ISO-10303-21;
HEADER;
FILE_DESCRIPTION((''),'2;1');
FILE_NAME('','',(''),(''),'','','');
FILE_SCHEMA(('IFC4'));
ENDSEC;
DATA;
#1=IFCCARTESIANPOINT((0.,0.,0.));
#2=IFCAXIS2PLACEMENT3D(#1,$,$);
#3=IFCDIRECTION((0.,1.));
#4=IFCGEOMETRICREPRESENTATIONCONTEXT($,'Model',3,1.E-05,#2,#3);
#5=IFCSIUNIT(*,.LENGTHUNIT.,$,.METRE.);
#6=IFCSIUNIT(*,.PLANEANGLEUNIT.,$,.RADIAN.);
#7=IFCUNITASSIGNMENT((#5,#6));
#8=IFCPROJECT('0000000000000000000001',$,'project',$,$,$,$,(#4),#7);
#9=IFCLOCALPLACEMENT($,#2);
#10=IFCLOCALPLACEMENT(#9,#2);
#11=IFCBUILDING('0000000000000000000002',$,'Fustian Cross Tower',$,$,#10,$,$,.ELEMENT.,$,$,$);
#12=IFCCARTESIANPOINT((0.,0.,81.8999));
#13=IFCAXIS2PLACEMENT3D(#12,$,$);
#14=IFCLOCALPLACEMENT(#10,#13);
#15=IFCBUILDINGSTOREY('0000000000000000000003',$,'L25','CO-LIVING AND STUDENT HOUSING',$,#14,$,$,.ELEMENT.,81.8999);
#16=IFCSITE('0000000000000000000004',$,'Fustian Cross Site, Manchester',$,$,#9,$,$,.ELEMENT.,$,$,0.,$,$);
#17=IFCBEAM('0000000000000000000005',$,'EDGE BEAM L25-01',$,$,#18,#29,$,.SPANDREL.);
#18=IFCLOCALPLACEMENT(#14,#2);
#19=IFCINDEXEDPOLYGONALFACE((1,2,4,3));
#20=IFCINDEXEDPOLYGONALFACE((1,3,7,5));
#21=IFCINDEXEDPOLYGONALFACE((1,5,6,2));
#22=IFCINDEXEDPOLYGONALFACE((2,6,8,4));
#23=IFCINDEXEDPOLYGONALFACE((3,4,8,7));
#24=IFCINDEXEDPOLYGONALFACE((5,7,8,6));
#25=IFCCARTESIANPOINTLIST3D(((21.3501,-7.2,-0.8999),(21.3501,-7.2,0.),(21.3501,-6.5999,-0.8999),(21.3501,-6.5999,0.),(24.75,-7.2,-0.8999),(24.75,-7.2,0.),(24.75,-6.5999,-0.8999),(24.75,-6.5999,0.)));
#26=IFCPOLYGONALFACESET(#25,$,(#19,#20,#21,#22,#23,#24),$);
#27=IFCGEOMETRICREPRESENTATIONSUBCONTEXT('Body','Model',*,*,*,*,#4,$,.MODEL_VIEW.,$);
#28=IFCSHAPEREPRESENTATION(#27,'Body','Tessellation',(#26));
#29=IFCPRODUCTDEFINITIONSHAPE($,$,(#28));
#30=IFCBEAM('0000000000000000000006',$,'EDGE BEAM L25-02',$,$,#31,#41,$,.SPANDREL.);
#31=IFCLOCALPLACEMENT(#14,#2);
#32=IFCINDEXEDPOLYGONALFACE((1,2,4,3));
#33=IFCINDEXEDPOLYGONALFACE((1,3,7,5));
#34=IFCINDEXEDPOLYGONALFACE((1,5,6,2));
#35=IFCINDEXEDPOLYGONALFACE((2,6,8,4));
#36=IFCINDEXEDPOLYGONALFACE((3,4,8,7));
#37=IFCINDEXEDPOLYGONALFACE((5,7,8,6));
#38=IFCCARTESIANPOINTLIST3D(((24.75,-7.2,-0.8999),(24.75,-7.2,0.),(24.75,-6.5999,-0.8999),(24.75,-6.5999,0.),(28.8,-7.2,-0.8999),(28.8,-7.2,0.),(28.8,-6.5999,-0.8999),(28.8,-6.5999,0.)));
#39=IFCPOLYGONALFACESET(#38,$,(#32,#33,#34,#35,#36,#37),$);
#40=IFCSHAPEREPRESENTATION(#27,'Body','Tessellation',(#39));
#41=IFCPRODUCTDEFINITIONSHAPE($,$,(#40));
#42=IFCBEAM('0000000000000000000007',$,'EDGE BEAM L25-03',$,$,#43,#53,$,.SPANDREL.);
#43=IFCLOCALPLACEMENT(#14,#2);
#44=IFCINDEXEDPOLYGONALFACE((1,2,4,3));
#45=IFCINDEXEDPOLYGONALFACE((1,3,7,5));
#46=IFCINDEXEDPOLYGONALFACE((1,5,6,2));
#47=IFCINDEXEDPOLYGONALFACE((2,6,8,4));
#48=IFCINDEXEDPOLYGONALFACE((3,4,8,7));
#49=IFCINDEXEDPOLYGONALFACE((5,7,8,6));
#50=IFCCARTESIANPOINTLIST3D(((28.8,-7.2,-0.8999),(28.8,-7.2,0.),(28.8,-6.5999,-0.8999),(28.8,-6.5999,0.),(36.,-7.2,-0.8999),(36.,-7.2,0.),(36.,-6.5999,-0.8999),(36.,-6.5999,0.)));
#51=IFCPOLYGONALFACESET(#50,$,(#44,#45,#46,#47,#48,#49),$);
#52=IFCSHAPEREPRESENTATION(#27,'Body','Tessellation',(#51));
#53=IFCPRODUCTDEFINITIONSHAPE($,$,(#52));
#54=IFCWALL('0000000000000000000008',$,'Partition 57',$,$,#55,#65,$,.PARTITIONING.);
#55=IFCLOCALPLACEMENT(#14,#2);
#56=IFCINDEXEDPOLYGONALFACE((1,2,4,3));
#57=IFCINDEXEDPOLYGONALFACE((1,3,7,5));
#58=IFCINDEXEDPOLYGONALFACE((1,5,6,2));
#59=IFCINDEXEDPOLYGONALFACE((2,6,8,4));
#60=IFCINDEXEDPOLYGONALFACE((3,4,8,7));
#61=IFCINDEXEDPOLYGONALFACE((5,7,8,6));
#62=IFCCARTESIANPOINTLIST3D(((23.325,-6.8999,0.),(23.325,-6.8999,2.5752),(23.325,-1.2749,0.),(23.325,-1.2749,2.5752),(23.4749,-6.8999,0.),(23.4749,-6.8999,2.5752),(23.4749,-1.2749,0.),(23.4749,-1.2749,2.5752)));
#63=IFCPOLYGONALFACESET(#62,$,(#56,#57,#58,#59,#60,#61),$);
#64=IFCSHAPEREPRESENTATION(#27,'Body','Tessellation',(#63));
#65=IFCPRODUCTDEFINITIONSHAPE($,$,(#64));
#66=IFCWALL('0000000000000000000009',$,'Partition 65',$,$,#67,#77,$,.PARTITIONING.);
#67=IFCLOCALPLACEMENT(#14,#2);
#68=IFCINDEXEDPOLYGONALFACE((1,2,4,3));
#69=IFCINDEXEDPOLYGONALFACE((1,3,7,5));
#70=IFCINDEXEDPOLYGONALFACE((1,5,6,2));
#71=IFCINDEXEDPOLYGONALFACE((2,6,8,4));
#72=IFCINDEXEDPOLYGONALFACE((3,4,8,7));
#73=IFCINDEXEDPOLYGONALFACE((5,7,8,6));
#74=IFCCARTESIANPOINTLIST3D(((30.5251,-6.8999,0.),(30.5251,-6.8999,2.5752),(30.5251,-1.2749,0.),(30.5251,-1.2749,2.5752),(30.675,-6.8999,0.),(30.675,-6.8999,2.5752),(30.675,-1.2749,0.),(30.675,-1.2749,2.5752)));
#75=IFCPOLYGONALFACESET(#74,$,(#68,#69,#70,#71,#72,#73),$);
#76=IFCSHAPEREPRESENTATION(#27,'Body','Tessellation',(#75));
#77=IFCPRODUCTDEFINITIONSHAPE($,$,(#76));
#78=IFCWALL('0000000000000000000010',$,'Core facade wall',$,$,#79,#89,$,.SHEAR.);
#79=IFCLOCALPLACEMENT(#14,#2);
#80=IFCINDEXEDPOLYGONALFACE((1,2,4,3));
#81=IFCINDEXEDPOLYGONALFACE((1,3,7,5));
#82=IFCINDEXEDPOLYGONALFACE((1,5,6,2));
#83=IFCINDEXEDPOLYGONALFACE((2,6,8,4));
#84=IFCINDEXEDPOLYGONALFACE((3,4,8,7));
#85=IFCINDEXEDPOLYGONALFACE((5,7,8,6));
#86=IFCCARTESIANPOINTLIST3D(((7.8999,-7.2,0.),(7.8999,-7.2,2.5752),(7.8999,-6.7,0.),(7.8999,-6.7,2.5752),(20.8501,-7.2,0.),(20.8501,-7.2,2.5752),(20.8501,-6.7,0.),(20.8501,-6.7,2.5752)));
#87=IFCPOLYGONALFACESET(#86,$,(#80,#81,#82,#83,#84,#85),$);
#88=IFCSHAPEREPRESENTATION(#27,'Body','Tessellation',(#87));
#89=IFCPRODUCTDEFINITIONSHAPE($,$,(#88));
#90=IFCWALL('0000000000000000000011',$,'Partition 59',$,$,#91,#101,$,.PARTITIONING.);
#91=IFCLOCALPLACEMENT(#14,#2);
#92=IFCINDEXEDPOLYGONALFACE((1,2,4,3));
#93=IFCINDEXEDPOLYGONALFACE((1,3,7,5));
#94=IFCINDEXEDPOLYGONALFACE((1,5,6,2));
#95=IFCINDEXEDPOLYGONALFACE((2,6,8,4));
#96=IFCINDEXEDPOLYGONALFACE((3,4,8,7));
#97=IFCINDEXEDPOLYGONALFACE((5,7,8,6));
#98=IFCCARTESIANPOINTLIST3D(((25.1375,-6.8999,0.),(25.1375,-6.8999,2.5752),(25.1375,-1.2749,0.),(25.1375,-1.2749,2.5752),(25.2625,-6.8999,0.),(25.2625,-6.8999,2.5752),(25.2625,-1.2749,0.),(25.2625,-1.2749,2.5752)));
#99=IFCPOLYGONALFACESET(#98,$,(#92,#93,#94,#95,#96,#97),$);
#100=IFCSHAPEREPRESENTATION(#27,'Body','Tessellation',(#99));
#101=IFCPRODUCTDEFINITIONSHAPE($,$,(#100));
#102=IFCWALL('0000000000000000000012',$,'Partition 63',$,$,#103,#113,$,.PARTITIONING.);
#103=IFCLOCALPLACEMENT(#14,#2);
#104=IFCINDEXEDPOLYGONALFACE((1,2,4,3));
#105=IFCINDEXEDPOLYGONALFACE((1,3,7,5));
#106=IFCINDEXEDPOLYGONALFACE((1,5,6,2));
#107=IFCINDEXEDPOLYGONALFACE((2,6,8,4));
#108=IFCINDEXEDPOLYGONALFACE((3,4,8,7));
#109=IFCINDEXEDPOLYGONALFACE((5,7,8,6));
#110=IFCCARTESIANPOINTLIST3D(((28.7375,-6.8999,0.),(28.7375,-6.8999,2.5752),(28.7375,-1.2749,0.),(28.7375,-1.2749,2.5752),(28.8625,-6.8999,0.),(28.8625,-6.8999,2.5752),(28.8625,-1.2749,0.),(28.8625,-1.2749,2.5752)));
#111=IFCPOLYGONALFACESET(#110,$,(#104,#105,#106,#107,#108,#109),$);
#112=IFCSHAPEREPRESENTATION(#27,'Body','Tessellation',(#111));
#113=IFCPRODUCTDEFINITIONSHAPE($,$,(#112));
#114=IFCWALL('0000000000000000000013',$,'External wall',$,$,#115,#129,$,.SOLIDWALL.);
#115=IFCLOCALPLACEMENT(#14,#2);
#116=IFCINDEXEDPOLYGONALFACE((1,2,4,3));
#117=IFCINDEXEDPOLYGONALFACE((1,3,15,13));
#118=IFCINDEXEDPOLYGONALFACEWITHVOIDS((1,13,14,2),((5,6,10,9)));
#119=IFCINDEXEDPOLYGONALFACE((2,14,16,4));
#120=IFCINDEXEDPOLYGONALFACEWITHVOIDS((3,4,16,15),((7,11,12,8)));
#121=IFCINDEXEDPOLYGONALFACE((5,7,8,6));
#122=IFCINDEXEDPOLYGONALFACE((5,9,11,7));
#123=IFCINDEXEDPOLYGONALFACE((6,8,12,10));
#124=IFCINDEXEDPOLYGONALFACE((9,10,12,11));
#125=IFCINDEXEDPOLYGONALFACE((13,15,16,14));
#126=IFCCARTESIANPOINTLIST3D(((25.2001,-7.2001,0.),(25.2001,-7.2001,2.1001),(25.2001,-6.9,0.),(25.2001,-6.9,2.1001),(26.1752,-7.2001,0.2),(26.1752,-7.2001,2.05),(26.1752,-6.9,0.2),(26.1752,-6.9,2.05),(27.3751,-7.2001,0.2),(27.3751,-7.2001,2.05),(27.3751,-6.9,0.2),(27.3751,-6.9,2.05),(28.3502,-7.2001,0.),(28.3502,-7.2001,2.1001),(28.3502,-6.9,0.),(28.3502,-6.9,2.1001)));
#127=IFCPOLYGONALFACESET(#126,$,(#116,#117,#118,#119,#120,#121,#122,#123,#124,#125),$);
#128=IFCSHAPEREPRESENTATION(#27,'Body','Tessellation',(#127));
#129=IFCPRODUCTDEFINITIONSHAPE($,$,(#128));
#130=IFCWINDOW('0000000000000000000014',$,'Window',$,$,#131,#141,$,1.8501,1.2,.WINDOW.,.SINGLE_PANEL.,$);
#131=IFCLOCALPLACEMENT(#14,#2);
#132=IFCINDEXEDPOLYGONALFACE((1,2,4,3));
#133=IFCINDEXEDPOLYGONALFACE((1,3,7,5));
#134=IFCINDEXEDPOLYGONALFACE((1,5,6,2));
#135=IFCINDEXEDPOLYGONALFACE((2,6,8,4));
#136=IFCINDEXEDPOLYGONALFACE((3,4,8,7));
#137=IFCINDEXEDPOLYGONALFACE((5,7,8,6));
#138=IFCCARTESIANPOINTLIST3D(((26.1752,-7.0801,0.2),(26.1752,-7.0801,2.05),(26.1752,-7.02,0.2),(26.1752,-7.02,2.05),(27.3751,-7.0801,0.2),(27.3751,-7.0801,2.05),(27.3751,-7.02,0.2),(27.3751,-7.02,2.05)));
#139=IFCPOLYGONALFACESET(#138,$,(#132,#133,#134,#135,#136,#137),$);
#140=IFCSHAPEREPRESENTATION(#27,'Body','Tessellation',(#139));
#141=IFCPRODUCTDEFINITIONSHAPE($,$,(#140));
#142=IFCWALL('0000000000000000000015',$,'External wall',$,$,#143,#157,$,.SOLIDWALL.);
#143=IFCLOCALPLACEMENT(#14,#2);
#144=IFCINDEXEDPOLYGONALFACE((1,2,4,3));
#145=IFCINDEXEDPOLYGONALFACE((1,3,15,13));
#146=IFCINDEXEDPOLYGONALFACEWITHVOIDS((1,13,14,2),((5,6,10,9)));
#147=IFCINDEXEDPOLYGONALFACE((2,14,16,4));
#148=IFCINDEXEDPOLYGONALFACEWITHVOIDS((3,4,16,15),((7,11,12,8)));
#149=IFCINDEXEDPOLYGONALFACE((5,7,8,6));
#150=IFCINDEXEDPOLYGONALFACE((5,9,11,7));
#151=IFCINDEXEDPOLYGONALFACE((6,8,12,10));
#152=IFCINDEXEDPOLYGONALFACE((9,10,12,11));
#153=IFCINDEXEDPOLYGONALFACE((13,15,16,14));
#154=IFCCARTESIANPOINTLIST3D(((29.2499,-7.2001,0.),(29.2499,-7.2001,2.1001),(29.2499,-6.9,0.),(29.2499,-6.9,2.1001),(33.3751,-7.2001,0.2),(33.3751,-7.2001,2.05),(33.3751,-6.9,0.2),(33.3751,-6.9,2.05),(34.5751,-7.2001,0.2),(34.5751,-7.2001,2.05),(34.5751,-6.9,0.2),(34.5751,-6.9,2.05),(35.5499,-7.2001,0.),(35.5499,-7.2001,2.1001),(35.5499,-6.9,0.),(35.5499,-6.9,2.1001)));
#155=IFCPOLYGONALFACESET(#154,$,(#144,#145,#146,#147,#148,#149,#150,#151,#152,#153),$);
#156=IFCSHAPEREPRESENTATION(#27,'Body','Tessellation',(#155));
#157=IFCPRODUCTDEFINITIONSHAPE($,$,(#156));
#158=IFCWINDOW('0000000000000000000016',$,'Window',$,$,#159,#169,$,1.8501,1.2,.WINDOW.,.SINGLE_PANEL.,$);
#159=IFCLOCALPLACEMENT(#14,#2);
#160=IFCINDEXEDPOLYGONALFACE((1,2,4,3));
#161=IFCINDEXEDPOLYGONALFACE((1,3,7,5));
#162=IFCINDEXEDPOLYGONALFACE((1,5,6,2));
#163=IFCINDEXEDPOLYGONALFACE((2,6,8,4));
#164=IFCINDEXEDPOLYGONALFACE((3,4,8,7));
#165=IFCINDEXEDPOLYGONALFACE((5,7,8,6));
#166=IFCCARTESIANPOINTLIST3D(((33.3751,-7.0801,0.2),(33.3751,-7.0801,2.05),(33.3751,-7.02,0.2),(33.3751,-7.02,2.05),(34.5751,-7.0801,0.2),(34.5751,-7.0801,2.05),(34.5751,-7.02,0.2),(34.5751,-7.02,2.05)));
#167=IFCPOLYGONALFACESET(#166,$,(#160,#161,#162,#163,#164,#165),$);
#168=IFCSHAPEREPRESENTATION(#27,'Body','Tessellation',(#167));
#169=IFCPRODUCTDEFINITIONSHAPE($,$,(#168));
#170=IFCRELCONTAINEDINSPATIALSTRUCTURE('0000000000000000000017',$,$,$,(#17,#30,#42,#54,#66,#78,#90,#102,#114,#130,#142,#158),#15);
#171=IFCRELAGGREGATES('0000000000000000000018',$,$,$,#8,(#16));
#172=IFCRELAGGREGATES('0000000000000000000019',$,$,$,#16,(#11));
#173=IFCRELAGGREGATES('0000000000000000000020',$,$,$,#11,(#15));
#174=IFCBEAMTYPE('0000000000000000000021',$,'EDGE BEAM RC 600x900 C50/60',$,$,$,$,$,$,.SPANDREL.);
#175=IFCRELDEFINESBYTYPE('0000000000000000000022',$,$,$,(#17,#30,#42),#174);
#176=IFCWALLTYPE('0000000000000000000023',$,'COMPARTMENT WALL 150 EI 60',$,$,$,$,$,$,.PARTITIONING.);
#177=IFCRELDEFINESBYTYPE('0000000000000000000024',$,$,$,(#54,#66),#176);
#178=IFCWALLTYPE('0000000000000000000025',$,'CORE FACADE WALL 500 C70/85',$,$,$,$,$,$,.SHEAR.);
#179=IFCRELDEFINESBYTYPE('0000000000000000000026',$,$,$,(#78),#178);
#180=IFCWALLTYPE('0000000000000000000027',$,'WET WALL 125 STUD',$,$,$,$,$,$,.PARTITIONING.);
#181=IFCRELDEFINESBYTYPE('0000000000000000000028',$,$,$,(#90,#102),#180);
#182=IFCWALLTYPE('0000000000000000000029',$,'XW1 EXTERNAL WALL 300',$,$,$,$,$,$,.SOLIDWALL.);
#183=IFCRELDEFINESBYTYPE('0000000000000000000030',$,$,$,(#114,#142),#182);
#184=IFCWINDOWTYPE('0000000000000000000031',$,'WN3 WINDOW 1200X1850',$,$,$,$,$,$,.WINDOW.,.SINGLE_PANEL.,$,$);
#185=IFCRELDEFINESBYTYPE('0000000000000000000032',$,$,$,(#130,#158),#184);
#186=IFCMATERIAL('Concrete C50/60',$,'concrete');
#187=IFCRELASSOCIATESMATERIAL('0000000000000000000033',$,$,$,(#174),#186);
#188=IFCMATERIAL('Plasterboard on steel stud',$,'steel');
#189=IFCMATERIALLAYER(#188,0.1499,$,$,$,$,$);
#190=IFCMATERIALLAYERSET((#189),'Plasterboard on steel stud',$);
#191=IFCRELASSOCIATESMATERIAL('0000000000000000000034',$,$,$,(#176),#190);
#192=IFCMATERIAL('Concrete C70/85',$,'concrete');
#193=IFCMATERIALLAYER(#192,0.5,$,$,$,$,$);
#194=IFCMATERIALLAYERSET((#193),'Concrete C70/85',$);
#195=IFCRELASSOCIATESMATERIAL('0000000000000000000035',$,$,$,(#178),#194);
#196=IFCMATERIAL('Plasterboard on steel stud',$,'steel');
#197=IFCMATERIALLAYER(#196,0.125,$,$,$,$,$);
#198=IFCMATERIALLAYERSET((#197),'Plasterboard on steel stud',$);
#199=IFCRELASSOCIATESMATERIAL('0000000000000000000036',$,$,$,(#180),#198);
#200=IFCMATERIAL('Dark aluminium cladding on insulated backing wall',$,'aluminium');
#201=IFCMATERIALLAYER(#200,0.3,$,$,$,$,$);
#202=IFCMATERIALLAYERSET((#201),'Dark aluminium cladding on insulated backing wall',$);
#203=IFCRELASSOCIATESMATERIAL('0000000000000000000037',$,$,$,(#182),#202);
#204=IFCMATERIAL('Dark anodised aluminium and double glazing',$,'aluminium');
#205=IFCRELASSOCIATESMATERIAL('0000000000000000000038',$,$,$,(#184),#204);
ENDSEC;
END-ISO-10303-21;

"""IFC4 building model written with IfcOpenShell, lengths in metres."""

from ifc_helpers import new_model, si_unit, direction, frame, frame_2d, origin, origin_2d, place, context, subcontext, project, spatial, rectangle, extrude, material, layer, layer_set, material_profile, profile_set, type_object, element, fill, save


model = new_model("IFC4")

# Units and contexts
model_context = context("Model", 3, precision=1e-05, world=origin(), true_north=direction((0.0, 1.0)))
body_context = subcontext(model_context, "Body", "Model", "MODEL_VIEW")
ifc_project = project(units=[si_unit("LENGTHUNIT", "METRE"), si_unit("PLANEANGLEUNIT", "RADIAN")], contexts=[model_context])

# Site, building, storey
site_placement = place(None, origin())
site = spatial("IfcSite", under=ifc_project, at=site_placement, Name="Fustian Cross Site, Manchester", CompositionType="ELEMENT", RefElevation=0.0)
building_placement = place(site_placement, origin())
building = spatial("IfcBuilding", under=site, at=building_placement, Name="Fustian Cross Tower", CompositionType="ELEMENT")
storey_placement = place(building_placement, frame((0.0, 0.0, 81.8999)))
storey = spatial("IfcBuildingStorey", under=building, at=storey_placement, Name="L25", Description="CO-LIVING AND STUDENT HOUSING", CompositionType="ELEMENT", Elevation=81.8999)

# Beams
ifc_material_1 = material(Name="Concrete C50/60", Category="concrete")
ifc_material_profile = material_profile(ifc_material_1, rectangle(XDim=0.6001, YDim=0.8999, at=origin_2d()), Name="RC 600x900")
ifc_profile_set = profile_set([ifc_material_profile], Name="Concrete C50/60")
beam_type = type_object("IfcBeamType", Name="EDGE BEAM RC 600x900 C50/60", PredefinedType="SPANDREL", material=ifc_profile_set)
beam_1_placement = place(storey_placement, frame((21.3501, -6.8999, -0.45), z_axis=(1.0, 0.0, 0.0), x_axis=(0.0, 1.0, 0.0)))
element("IfcBeam", 1, at=beam_1_placement, inside=storey, type_object=beam_type, Name="EDGE BEAM L25-01", PredefinedType="SPANDREL", context=body_context, shape_type="SweptSolid", body=[
    extrude(rectangle(XDim=0.6001, YDim=0.8999, at=origin_2d()), origin(), (0.0, 0.0, 1.0), 3.3999),
])
beam_2_placement = place(storey_placement, frame((24.75, -6.8999, -0.45), z_axis=(1.0, 0.0, 0.0), x_axis=(0.0, 1.0, 0.0)))
element("IfcBeam", 2, at=beam_2_placement, inside=storey, type_object=beam_type, Name="EDGE BEAM L25-02", PredefinedType="SPANDREL", context=body_context, shape_type="SweptSolid", body=[
    extrude(rectangle(XDim=0.6001, YDim=0.8999, at=origin_2d()), origin(), (0.0, 0.0, 1.0), 4.05),
])
beam_3_placement = place(storey_placement, frame((28.8, -6.8999, -0.45), z_axis=(1.0, 0.0, 0.0), x_axis=(0.0, 1.0, 0.0)))
element("IfcBeam", 3, at=beam_3_placement, inside=storey, type_object=beam_type, Name="EDGE BEAM L25-03", PredefinedType="SPANDREL", context=body_context, shape_type="SweptSolid", body=[
    extrude(rectangle(XDim=0.6001, YDim=0.8999, at=origin_2d()), origin(), (0.0, 0.0, 1.0), 7.2),
])

# Walls
ifc_material_2 = material(Name="Plasterboard on steel stud", Category="steel")
ifc_layer_1 = layer(ifc_material_2, 0.1499)
ifc_layer_set_1 = layer_set([ifc_layer_1], Name="Plasterboard on steel stud")
wall_type_1 = type_object("IfcWallType", Name="COMPARTMENT WALL 150 EI 60", PredefinedType="PARTITIONING", material=ifc_layer_set_1)
for number, where, z_axis, x_axis, name in (
    (4, (23.3999, -6.8999, 0.0), (0.0, 0.0, 1.0), (0.0, 1.0, 0.0), "Partition 57"),
    (5, (30.6001, -6.8999, 0.0), (0.0, 0.0, 1.0), (0.0, 1.0, 0.0), "Partition 65"),
):
    element("IfcWall", number, at=place(storey_placement, frame(where, z_axis=z_axis, x_axis=x_axis)), inside=storey, type_object=wall_type_1, Name=name, PredefinedType="PARTITIONING", context=body_context, shape_type="SweptSolid", body=[
        extrude(rectangle(XDim=5.625, YDim=0.1499, at=frame_2d((2.8125, 0.0))), origin(), (0.0, 0.0, 1.0), 2.5752),
    ])
ifc_material_3 = material(Name="Concrete C70/85", Category="concrete")
ifc_layer_2 = layer(ifc_material_3, 0.5)
ifc_layer_set_2 = layer_set([ifc_layer_2], Name="Concrete C70/85")
wall_type_2 = type_object("IfcWallType", Name="CORE FACADE WALL 500 C70/85", PredefinedType="SHEAR", material=ifc_layer_set_2)
wall_1_placement = place(storey_placement, frame((7.8999, -6.95, 0.0), z_axis=(0.0, 0.0, 1.0), x_axis=(1.0, 0.0, 0.0)))
element("IfcWall", 6, at=wall_1_placement, inside=storey, type_object=wall_type_2, Name="Core facade wall", PredefinedType="SHEAR", context=body_context, shape_type="SweptSolid", body=[
    extrude(rectangle(XDim=12.9502, YDim=0.5, at=frame_2d((6.4751, 0.0))), origin(), (0.0, 0.0, 1.0), 2.5752),
])
ifc_material_4 = material(Name="Plasterboard on steel stud", Category="steel")
ifc_layer_3 = layer(ifc_material_4, 0.125)
ifc_layer_set_3 = layer_set([ifc_layer_3], Name="Plasterboard on steel stud")
wall_type_3 = type_object("IfcWallType", Name="WET WALL 125 STUD", PredefinedType="PARTITIONING", material=ifc_layer_set_3)
for number, where, z_axis, x_axis, name in (
    (7, (25.2, -6.8999, 0.0), (0.0, 0.0, 1.0), (0.0, 1.0, 0.0), "Partition 59"),
    (8, (28.8, -6.8999, 0.0), (0.0, 0.0, 1.0), (0.0, 1.0, 0.0), "Partition 63"),
):
    element("IfcWall", number, at=place(storey_placement, frame(where, z_axis=z_axis, x_axis=x_axis)), inside=storey, type_object=wall_type_3, Name=name, PredefinedType="PARTITIONING", context=body_context, shape_type="SweptSolid", body=[
        extrude(rectangle(XDim=5.625, YDim=0.125, at=frame_2d((2.8125, 0.0))), origin(), (0.0, 0.0, 1.0), 2.5752),
    ])

# Walls, openings, windows
ifc_material_5 = material(Name="Dark aluminium cladding on insulated backing wall", Category="aluminium")
ifc_layer_4 = layer(ifc_material_5, 0.3)
ifc_layer_set_4 = layer_set([ifc_layer_4], Name="Dark aluminium cladding on insulated backing wall")
wall_type_4 = type_object("IfcWallType", Name="XW1 EXTERNAL WALL 300", PredefinedType="SOLIDWALL", material=ifc_layer_set_4)
wall_2_placement = place(storey_placement, frame((25.2, -7.05, 0.0), z_axis=(0.0, 0.0, 1.0), x_axis=(1.0, 0.0, 0.0)))
wall_2 = element("IfcWall", 9, at=wall_2_placement, inside=storey, type_object=wall_type_4, Name="External wall", PredefinedType="SOLIDWALL", context=body_context, shape_type="SweptSolid", body=[
    extrude(rectangle(XDim=3.1501, YDim=0.3, at=frame_2d((1.5752, 0.0))), origin(), (0.0, 0.0, 1.0), 2.1001),
])
opening_1_placement = place(wall_2_placement, frame((0.9751, 0.0, 0.2)))
opening_1 = element("IfcOpeningElement", 10, at=opening_1_placement, cuts=wall_2, PredefinedType="OPENING", context=body_context, shape_type="SweptSolid", body=[
    extrude(rectangle(XDim=1.2, YDim=1.8501, at=frame_2d((0.6001, 0.925))), frame((0.0, 0.1599, 0.0), z_axis=(0.0, -1.0, 0.0), x_axis=(1.0, 0.0, 0.0)), (0.0, 0.0, 1.0), 0.3201),
])
ifc_material_6 = material(Name="Dark anodised aluminium and double glazing", Category="aluminium")
window_type = type_object("IfcWindowType", Name="WN3 WINDOW 1200X1850", PartitioningType="SINGLE_PANEL", PredefinedType="WINDOW", material=ifc_material_6)
window_1_placement = place(opening_1_placement, origin())
window_1 = element("IfcWindow", 11, at=window_1_placement, inside=storey, type_object=window_type, Name="Window", OverallHeight=1.8501, OverallWidth=1.2, PartitioningType="SINGLE_PANEL", PredefinedType="WINDOW", context=body_context, shape_type="SweptSolid", body=[
    extrude(rectangle(XDim=1.2, YDim=1.8501, at=frame_2d((0.6001, 0.925))), frame((0.0, 0.03, 0.0), z_axis=(0.0, -1.0, 0.0), x_axis=(1.0, 0.0, 0.0)), (0.0, 0.0, 1.0), 0.0601),
])
fill(opening_1, window_1)
wall_3_placement = place(storey_placement, frame((29.25, -7.05, 0.0), z_axis=(0.0, 0.0, 1.0), x_axis=(1.0, 0.0, 0.0)))
wall_3 = element("IfcWall", 12, at=wall_3_placement, inside=storey, type_object=wall_type_4, Name="External wall", PredefinedType="SOLIDWALL", context=body_context, shape_type="SweptSolid", body=[
    extrude(rectangle(XDim=6.3, YDim=0.3, at=frame_2d((3.1499, 0.0))), origin(), (0.0, 0.0, 1.0), 2.1001),
])
opening_2_placement = place(wall_3_placement, frame((4.125, 0.0, 0.2)))
opening_2 = element("IfcOpeningElement", 13, at=opening_2_placement, cuts=wall_3, PredefinedType="OPENING", context=body_context, shape_type="SweptSolid", body=[
    extrude(rectangle(XDim=1.2, YDim=1.8501, at=frame_2d((0.6001, 0.925))), frame((0.0, 0.1599, 0.0), z_axis=(0.0, -1.0, 0.0), x_axis=(1.0, 0.0, 0.0)), (0.0, 0.0, 1.0), 0.3201),
])
window_2_placement = place(opening_2_placement, origin())
window_2 = element("IfcWindow", 14, at=window_2_placement, inside=storey, type_object=window_type, Name="Window", OverallHeight=1.8501, OverallWidth=1.2, PartitioningType="SINGLE_PANEL", PredefinedType="WINDOW", context=body_context, shape_type="SweptSolid", body=[
    extrude(rectangle(XDim=1.2, YDim=1.8501, at=frame_2d((0.6001, 0.925))), frame((0.0, 0.03, 0.0), z_axis=(0.0, -1.0, 0.0), x_axis=(1.0, 0.0, 0.0)), (0.0, 0.0, 1.0), 0.0601),
])
fill(opening_2, window_2)

save(model, "model.ifc")
